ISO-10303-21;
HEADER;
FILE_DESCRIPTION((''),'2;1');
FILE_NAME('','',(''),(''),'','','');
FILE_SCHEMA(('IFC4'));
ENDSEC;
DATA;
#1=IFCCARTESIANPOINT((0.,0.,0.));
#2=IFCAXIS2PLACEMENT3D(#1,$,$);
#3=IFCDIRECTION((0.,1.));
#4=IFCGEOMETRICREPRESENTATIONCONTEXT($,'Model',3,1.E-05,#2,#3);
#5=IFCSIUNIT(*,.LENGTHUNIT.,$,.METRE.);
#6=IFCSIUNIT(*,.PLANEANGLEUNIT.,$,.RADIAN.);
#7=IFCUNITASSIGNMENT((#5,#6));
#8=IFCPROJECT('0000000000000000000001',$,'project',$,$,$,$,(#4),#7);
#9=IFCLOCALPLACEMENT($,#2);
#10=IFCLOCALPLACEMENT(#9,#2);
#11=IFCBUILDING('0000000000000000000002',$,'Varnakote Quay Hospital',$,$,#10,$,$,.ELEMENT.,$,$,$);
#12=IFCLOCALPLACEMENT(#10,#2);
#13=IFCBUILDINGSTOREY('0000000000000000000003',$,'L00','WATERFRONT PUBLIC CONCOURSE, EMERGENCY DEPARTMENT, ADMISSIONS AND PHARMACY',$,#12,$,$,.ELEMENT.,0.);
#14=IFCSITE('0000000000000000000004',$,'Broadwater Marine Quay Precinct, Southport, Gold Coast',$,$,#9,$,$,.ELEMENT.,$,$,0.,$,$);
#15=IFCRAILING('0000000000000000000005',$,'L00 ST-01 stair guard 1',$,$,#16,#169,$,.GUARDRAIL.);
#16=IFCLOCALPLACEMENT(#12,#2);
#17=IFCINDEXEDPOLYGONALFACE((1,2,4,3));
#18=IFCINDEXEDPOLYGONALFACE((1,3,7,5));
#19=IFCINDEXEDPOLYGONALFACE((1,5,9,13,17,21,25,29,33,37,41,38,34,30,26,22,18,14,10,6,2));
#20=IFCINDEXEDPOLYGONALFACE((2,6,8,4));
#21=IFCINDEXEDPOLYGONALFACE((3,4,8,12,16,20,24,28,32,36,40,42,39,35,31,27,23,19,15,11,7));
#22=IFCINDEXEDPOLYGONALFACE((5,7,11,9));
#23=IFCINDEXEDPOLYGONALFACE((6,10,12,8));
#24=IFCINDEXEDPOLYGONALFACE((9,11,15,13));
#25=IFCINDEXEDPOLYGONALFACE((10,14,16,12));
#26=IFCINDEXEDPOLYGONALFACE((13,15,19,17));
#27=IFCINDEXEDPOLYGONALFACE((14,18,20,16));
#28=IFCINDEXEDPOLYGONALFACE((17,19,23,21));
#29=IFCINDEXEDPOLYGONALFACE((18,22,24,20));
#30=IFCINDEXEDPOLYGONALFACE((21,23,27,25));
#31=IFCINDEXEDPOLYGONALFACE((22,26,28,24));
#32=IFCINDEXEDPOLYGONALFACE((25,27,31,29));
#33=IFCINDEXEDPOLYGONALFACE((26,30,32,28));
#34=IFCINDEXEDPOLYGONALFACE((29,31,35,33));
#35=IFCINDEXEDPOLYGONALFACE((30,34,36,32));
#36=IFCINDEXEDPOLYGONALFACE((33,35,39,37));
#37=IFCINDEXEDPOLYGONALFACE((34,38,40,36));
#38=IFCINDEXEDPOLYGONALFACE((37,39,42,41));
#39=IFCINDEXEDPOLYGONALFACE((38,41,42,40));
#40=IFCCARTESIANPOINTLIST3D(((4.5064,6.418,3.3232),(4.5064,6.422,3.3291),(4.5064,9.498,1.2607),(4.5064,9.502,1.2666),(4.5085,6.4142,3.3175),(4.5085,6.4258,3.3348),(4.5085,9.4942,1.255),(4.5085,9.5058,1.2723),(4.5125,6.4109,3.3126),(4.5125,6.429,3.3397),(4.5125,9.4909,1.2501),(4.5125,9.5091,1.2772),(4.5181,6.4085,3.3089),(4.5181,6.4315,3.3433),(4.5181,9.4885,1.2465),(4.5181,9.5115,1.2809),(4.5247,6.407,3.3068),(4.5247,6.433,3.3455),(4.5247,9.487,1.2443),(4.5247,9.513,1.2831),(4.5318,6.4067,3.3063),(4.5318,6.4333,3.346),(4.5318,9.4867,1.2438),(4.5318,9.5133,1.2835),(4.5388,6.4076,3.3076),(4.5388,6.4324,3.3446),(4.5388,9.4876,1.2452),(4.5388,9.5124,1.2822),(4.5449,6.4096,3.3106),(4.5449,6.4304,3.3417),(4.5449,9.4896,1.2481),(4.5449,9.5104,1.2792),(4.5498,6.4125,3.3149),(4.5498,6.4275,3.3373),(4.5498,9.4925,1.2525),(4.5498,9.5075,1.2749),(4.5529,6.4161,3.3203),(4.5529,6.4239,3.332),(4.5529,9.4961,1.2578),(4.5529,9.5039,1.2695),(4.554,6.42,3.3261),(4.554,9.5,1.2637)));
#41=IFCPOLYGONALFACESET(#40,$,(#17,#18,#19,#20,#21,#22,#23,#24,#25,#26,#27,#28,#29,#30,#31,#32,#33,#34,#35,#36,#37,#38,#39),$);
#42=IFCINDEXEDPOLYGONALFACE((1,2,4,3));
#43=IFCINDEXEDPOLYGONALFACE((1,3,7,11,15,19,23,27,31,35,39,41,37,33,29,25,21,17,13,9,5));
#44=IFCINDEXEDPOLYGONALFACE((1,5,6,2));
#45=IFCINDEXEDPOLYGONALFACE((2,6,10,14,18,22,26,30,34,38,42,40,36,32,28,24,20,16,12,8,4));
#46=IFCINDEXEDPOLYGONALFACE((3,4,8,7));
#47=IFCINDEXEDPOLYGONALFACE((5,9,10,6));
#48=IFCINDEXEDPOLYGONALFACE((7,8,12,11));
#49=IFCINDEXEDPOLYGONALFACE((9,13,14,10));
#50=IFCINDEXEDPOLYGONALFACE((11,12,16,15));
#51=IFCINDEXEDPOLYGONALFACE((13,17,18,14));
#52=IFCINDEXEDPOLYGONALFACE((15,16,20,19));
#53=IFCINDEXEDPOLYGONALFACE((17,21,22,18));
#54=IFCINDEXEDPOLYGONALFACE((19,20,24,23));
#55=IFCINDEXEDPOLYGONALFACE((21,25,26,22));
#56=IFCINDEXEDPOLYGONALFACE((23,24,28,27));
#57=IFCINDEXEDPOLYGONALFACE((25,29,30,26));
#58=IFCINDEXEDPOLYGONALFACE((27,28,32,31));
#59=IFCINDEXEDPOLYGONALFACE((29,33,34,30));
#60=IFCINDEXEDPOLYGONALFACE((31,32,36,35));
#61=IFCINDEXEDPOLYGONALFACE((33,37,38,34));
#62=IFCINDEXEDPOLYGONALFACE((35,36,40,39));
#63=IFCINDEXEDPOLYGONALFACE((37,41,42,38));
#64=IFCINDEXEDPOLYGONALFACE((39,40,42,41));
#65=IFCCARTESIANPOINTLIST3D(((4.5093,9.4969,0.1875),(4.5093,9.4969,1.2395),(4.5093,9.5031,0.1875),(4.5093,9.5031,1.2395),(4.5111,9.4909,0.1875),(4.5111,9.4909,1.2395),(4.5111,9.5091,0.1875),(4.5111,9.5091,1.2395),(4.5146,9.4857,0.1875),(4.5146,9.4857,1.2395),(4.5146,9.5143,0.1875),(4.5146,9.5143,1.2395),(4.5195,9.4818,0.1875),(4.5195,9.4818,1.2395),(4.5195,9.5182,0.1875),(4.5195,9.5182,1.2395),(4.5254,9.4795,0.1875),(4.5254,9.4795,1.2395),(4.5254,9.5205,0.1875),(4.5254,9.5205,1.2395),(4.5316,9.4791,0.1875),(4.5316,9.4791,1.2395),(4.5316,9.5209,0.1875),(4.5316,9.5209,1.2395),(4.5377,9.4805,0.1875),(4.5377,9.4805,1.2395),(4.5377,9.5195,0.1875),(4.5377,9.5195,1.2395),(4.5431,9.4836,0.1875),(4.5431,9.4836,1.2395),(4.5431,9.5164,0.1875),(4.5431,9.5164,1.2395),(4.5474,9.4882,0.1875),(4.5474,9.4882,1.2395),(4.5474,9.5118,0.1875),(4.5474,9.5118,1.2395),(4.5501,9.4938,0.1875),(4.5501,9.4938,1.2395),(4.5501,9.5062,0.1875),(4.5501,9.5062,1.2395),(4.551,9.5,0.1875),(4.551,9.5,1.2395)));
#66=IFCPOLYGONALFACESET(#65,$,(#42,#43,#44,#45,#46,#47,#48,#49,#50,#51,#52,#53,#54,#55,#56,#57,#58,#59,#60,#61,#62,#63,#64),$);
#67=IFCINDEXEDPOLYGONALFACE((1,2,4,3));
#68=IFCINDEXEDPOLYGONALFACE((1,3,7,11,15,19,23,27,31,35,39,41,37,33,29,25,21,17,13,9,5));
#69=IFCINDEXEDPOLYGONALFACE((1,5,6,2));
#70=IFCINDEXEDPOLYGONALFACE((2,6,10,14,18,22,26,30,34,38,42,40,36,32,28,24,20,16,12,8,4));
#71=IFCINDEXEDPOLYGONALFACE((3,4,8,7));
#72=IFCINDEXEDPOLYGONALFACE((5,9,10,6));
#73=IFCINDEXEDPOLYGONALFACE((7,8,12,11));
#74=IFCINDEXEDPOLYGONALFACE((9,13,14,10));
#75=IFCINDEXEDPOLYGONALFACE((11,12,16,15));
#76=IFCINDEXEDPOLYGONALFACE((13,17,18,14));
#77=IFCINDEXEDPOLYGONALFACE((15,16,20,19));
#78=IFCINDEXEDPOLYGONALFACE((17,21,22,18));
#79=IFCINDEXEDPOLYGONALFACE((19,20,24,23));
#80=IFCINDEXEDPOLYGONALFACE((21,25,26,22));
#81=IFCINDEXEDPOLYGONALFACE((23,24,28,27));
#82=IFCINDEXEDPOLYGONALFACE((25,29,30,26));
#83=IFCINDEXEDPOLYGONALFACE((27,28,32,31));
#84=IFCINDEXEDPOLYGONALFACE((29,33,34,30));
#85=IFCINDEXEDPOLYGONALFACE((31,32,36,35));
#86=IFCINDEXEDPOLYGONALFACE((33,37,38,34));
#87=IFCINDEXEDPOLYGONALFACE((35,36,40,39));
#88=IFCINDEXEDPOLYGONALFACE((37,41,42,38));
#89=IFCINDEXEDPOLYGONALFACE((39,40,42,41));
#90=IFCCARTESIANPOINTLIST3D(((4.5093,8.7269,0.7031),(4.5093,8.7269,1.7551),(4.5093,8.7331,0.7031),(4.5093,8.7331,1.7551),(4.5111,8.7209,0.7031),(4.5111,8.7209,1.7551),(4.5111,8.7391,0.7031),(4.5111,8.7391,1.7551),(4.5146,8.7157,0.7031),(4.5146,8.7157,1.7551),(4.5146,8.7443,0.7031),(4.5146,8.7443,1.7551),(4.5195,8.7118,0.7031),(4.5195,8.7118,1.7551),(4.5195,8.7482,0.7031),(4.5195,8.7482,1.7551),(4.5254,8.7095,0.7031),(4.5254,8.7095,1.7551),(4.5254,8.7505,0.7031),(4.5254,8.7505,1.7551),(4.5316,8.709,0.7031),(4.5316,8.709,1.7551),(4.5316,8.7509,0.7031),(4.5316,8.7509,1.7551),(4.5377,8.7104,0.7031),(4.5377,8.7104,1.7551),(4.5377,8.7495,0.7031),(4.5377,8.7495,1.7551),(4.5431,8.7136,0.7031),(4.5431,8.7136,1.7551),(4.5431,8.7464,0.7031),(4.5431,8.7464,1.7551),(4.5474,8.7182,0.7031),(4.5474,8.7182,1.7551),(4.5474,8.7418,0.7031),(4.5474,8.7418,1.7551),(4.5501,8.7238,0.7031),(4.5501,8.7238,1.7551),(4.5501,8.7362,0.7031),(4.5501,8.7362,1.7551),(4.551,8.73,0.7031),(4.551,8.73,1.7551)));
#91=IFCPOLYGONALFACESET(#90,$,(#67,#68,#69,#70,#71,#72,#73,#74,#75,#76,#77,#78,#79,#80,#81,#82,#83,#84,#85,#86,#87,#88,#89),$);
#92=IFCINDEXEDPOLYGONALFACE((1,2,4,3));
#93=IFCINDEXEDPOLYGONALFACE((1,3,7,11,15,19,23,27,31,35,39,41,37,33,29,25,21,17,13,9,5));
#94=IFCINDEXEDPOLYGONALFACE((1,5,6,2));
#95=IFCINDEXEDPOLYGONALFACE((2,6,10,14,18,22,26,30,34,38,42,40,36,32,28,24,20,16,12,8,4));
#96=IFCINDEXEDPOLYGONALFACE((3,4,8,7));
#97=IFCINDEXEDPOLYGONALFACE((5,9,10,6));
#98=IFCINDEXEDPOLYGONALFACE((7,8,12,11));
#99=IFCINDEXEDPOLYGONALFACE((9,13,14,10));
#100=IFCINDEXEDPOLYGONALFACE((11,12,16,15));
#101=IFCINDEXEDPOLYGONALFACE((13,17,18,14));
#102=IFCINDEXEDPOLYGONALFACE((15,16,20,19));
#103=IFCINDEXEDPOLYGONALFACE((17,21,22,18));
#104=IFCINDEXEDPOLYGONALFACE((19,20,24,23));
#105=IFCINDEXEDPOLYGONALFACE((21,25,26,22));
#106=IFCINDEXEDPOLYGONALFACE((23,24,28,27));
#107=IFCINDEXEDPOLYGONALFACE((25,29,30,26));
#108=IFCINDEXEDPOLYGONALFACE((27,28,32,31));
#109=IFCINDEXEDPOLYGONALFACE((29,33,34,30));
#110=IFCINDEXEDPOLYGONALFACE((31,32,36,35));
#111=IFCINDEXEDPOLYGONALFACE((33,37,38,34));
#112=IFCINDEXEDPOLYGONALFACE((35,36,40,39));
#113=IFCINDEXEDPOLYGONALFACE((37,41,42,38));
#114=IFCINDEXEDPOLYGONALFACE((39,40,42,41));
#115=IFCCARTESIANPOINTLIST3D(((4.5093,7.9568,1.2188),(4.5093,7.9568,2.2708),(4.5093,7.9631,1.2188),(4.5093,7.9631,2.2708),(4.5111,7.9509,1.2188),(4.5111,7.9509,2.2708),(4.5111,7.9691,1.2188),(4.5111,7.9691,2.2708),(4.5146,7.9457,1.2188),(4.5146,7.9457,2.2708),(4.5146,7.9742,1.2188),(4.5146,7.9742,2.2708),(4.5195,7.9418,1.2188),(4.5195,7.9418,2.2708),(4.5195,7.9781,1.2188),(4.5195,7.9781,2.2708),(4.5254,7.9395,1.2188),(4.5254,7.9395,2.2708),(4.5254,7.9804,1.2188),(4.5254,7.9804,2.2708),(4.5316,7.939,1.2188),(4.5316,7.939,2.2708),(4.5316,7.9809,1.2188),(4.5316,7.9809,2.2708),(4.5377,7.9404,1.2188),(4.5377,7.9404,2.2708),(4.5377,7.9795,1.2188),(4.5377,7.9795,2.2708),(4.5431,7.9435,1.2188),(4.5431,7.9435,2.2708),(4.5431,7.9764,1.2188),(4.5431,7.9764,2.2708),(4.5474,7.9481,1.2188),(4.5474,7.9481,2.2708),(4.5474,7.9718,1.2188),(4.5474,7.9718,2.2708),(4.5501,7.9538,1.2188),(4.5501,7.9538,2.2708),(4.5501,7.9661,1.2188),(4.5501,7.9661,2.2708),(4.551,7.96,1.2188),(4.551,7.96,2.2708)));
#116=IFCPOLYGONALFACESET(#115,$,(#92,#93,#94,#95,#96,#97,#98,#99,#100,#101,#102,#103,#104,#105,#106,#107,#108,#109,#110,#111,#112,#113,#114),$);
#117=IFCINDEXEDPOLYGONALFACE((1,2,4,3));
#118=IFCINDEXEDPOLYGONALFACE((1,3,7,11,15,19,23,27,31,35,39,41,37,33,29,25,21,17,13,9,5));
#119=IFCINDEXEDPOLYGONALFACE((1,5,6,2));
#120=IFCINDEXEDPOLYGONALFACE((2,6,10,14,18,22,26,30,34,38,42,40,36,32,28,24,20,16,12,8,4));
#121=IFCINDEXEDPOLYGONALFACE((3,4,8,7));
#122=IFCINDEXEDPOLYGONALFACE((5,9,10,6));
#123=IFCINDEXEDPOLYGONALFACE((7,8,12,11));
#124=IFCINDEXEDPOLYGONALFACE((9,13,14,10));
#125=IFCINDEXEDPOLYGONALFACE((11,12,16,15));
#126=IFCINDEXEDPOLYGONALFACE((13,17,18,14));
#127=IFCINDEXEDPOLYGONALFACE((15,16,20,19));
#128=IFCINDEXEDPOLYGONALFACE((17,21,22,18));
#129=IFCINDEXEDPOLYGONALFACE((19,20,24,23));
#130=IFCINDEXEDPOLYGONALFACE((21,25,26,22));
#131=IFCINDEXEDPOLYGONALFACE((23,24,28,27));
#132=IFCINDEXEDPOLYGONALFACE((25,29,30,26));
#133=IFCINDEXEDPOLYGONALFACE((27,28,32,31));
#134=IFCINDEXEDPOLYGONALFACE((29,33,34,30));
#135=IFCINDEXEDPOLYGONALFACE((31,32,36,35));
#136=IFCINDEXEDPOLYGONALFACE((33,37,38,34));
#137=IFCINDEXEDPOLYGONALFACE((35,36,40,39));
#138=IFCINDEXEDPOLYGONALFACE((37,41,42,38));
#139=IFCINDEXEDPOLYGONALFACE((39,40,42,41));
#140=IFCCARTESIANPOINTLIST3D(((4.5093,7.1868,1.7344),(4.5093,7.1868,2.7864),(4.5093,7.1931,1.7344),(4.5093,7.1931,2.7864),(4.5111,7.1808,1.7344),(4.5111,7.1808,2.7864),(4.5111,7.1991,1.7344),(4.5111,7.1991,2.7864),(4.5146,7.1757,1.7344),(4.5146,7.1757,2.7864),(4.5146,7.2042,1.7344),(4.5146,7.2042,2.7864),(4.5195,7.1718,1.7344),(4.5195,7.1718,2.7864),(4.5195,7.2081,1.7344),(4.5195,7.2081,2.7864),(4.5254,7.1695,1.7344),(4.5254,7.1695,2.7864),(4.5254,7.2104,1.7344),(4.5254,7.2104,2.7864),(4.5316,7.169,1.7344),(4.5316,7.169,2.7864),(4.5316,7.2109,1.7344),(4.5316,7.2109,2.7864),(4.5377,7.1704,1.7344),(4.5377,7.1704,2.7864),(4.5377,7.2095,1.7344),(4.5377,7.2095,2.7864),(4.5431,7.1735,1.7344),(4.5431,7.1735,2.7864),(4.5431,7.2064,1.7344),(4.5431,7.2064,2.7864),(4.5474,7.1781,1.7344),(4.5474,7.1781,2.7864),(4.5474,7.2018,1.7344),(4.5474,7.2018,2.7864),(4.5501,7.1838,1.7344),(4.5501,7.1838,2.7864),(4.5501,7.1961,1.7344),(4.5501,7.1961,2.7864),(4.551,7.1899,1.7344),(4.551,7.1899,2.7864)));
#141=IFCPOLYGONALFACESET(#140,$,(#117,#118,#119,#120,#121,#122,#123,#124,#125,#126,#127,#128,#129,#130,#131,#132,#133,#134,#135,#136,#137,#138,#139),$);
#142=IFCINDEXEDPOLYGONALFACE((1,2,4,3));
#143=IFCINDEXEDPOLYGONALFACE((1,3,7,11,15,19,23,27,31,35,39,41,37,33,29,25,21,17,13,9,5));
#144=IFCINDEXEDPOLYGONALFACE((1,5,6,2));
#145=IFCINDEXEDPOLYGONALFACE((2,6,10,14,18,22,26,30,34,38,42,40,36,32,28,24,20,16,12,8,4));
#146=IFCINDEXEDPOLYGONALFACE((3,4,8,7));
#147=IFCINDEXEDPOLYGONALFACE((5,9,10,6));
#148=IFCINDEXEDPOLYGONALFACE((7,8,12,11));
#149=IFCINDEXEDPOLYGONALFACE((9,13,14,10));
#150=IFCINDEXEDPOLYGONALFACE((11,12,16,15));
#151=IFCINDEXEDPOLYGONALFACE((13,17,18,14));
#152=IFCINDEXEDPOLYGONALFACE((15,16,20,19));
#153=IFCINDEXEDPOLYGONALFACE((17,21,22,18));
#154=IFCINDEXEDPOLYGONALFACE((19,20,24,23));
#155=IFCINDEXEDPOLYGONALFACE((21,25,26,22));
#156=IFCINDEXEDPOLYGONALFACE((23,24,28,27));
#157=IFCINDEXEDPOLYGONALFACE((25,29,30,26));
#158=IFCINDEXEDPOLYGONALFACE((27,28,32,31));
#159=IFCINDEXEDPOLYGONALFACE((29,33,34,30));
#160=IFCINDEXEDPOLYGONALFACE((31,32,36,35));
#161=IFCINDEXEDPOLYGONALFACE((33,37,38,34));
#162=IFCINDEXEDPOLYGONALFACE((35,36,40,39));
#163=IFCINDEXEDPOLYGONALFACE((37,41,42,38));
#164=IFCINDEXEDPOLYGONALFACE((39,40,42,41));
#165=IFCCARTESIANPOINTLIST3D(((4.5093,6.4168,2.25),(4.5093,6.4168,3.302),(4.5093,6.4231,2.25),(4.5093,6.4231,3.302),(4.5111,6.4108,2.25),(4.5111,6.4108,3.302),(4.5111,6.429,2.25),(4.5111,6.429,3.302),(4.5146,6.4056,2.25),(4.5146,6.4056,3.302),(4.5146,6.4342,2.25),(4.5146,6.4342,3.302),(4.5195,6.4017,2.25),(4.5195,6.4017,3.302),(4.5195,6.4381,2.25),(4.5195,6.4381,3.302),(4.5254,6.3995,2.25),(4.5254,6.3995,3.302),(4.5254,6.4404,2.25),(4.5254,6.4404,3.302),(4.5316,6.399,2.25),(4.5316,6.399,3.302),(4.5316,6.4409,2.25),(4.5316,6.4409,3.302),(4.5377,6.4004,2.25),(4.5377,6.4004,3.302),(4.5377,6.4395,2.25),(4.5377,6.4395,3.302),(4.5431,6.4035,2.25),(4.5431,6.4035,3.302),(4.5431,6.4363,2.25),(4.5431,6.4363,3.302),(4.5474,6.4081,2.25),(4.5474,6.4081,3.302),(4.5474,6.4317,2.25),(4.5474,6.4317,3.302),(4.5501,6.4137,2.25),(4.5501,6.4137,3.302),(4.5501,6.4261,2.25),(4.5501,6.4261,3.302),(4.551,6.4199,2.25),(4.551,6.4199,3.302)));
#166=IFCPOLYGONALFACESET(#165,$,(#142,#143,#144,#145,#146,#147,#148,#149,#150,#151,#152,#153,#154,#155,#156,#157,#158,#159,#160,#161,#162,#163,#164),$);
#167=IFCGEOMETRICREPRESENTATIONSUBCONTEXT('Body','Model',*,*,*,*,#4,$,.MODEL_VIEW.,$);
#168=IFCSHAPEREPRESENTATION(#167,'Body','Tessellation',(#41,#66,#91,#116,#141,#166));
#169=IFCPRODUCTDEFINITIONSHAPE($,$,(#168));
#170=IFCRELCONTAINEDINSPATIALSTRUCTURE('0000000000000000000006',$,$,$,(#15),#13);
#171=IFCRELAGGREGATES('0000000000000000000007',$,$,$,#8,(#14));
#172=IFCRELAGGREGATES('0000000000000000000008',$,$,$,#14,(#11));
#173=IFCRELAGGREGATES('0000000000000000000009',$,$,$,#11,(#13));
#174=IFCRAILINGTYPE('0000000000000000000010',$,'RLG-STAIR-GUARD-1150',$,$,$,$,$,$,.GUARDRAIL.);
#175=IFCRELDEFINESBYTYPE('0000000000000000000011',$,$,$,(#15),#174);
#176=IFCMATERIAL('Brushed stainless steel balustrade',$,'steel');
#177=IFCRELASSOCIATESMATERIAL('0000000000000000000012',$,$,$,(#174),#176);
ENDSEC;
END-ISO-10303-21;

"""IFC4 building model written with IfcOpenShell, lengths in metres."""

from ifc_helpers import new_model, si_unit, direction, frame, origin, origin_2d, place, context, subcontext, project, spatial, circle, extrude, material, type_object, element, save


model = new_model("IFC4")

# Units and contexts
model_context = context("Model", 3, precision=1e-05, world=origin(), true_north=direction((0.0, 1.0)))
body_context = subcontext(model_context, "Body", "Model", "MODEL_VIEW")
ifc_project = project(units=[si_unit("LENGTHUNIT", "METRE"), si_unit("PLANEANGLEUNIT", "RADIAN")], contexts=[model_context])

# Site, building, storey
site_placement = place(None, origin())
site = spatial("IfcSite", under=ifc_project, at=site_placement, Name="Broadwater Marine Quay Precinct, Southport, Gold Coast", CompositionType="ELEMENT", RefElevation=0.0)
building_placement = place(site_placement, origin())
building = spatial("IfcBuilding", under=site, at=building_placement, Name="Varnakote Quay Hospital", CompositionType="ELEMENT")
storey_placement = place(building_placement, origin())
storey = spatial("IfcBuildingStorey", under=building, at=storey_placement, Name="L00", Description="WATERFRONT PUBLIC CONCOURSE, EMERGENCY DEPARTMENT, ADMISSIONS AND PHARMACY", CompositionType="ELEMENT", Elevation=0.0)

# Railing
ifc_material_1 = material(Name="Brushed stainless steel balustrade", Category="steel")
railing_type_1 = type_object("IfcRailingType", Name="RLG-STAIR-GUARD-1150", PredefinedType="GUARDRAIL", material=ifc_material_1)
railing_1_placement = place(storey_placement, frame((4.53, 9.5, 0.1875)))
element("IfcRailing", 1, at=railing_1_placement, inside=storey, type_object=railing_type_1, Name="L00 ST-01 stair guard 1", PredefinedType="GUARDRAIL", context=body_context, shape_type="SweptSolid", body=[
    extrude(circle(Radius=0.0239, at=origin_2d()), frame((0.0, 0.0, 1.0762), z_axis=(0.0, -0.830914, 0.556401), x_axis=(1.0, 0.0, 0.0)), (0.0, 0.0, 1.0), 3.7068),
    extrude(circle(Radius=0.021, at=origin_2d()), origin(), (0.0, 0.0, 1.0), 1.052),
    extrude(circle(Radius=0.021, at=origin_2d()), frame((0.0, -0.77, 0.5156)), (0.0, 0.0, 1.0), 1.052),
    extrude(circle(Radius=0.021, at=origin_2d()), frame((0.0, -1.54, 1.0312)), (0.0, 0.0, 1.0), 1.052),
    extrude(circle(Radius=0.021, at=origin_2d()), frame((0.0, -2.3101, 1.5469)), (0.0, 0.0, 1.0), 1.052),
    extrude(circle(Radius=0.021, at=origin_2d()), frame((0.0, -3.0801, 2.0625)), (0.0, 0.0, 1.0), 1.052),
])

save(model, "model.ifc")
